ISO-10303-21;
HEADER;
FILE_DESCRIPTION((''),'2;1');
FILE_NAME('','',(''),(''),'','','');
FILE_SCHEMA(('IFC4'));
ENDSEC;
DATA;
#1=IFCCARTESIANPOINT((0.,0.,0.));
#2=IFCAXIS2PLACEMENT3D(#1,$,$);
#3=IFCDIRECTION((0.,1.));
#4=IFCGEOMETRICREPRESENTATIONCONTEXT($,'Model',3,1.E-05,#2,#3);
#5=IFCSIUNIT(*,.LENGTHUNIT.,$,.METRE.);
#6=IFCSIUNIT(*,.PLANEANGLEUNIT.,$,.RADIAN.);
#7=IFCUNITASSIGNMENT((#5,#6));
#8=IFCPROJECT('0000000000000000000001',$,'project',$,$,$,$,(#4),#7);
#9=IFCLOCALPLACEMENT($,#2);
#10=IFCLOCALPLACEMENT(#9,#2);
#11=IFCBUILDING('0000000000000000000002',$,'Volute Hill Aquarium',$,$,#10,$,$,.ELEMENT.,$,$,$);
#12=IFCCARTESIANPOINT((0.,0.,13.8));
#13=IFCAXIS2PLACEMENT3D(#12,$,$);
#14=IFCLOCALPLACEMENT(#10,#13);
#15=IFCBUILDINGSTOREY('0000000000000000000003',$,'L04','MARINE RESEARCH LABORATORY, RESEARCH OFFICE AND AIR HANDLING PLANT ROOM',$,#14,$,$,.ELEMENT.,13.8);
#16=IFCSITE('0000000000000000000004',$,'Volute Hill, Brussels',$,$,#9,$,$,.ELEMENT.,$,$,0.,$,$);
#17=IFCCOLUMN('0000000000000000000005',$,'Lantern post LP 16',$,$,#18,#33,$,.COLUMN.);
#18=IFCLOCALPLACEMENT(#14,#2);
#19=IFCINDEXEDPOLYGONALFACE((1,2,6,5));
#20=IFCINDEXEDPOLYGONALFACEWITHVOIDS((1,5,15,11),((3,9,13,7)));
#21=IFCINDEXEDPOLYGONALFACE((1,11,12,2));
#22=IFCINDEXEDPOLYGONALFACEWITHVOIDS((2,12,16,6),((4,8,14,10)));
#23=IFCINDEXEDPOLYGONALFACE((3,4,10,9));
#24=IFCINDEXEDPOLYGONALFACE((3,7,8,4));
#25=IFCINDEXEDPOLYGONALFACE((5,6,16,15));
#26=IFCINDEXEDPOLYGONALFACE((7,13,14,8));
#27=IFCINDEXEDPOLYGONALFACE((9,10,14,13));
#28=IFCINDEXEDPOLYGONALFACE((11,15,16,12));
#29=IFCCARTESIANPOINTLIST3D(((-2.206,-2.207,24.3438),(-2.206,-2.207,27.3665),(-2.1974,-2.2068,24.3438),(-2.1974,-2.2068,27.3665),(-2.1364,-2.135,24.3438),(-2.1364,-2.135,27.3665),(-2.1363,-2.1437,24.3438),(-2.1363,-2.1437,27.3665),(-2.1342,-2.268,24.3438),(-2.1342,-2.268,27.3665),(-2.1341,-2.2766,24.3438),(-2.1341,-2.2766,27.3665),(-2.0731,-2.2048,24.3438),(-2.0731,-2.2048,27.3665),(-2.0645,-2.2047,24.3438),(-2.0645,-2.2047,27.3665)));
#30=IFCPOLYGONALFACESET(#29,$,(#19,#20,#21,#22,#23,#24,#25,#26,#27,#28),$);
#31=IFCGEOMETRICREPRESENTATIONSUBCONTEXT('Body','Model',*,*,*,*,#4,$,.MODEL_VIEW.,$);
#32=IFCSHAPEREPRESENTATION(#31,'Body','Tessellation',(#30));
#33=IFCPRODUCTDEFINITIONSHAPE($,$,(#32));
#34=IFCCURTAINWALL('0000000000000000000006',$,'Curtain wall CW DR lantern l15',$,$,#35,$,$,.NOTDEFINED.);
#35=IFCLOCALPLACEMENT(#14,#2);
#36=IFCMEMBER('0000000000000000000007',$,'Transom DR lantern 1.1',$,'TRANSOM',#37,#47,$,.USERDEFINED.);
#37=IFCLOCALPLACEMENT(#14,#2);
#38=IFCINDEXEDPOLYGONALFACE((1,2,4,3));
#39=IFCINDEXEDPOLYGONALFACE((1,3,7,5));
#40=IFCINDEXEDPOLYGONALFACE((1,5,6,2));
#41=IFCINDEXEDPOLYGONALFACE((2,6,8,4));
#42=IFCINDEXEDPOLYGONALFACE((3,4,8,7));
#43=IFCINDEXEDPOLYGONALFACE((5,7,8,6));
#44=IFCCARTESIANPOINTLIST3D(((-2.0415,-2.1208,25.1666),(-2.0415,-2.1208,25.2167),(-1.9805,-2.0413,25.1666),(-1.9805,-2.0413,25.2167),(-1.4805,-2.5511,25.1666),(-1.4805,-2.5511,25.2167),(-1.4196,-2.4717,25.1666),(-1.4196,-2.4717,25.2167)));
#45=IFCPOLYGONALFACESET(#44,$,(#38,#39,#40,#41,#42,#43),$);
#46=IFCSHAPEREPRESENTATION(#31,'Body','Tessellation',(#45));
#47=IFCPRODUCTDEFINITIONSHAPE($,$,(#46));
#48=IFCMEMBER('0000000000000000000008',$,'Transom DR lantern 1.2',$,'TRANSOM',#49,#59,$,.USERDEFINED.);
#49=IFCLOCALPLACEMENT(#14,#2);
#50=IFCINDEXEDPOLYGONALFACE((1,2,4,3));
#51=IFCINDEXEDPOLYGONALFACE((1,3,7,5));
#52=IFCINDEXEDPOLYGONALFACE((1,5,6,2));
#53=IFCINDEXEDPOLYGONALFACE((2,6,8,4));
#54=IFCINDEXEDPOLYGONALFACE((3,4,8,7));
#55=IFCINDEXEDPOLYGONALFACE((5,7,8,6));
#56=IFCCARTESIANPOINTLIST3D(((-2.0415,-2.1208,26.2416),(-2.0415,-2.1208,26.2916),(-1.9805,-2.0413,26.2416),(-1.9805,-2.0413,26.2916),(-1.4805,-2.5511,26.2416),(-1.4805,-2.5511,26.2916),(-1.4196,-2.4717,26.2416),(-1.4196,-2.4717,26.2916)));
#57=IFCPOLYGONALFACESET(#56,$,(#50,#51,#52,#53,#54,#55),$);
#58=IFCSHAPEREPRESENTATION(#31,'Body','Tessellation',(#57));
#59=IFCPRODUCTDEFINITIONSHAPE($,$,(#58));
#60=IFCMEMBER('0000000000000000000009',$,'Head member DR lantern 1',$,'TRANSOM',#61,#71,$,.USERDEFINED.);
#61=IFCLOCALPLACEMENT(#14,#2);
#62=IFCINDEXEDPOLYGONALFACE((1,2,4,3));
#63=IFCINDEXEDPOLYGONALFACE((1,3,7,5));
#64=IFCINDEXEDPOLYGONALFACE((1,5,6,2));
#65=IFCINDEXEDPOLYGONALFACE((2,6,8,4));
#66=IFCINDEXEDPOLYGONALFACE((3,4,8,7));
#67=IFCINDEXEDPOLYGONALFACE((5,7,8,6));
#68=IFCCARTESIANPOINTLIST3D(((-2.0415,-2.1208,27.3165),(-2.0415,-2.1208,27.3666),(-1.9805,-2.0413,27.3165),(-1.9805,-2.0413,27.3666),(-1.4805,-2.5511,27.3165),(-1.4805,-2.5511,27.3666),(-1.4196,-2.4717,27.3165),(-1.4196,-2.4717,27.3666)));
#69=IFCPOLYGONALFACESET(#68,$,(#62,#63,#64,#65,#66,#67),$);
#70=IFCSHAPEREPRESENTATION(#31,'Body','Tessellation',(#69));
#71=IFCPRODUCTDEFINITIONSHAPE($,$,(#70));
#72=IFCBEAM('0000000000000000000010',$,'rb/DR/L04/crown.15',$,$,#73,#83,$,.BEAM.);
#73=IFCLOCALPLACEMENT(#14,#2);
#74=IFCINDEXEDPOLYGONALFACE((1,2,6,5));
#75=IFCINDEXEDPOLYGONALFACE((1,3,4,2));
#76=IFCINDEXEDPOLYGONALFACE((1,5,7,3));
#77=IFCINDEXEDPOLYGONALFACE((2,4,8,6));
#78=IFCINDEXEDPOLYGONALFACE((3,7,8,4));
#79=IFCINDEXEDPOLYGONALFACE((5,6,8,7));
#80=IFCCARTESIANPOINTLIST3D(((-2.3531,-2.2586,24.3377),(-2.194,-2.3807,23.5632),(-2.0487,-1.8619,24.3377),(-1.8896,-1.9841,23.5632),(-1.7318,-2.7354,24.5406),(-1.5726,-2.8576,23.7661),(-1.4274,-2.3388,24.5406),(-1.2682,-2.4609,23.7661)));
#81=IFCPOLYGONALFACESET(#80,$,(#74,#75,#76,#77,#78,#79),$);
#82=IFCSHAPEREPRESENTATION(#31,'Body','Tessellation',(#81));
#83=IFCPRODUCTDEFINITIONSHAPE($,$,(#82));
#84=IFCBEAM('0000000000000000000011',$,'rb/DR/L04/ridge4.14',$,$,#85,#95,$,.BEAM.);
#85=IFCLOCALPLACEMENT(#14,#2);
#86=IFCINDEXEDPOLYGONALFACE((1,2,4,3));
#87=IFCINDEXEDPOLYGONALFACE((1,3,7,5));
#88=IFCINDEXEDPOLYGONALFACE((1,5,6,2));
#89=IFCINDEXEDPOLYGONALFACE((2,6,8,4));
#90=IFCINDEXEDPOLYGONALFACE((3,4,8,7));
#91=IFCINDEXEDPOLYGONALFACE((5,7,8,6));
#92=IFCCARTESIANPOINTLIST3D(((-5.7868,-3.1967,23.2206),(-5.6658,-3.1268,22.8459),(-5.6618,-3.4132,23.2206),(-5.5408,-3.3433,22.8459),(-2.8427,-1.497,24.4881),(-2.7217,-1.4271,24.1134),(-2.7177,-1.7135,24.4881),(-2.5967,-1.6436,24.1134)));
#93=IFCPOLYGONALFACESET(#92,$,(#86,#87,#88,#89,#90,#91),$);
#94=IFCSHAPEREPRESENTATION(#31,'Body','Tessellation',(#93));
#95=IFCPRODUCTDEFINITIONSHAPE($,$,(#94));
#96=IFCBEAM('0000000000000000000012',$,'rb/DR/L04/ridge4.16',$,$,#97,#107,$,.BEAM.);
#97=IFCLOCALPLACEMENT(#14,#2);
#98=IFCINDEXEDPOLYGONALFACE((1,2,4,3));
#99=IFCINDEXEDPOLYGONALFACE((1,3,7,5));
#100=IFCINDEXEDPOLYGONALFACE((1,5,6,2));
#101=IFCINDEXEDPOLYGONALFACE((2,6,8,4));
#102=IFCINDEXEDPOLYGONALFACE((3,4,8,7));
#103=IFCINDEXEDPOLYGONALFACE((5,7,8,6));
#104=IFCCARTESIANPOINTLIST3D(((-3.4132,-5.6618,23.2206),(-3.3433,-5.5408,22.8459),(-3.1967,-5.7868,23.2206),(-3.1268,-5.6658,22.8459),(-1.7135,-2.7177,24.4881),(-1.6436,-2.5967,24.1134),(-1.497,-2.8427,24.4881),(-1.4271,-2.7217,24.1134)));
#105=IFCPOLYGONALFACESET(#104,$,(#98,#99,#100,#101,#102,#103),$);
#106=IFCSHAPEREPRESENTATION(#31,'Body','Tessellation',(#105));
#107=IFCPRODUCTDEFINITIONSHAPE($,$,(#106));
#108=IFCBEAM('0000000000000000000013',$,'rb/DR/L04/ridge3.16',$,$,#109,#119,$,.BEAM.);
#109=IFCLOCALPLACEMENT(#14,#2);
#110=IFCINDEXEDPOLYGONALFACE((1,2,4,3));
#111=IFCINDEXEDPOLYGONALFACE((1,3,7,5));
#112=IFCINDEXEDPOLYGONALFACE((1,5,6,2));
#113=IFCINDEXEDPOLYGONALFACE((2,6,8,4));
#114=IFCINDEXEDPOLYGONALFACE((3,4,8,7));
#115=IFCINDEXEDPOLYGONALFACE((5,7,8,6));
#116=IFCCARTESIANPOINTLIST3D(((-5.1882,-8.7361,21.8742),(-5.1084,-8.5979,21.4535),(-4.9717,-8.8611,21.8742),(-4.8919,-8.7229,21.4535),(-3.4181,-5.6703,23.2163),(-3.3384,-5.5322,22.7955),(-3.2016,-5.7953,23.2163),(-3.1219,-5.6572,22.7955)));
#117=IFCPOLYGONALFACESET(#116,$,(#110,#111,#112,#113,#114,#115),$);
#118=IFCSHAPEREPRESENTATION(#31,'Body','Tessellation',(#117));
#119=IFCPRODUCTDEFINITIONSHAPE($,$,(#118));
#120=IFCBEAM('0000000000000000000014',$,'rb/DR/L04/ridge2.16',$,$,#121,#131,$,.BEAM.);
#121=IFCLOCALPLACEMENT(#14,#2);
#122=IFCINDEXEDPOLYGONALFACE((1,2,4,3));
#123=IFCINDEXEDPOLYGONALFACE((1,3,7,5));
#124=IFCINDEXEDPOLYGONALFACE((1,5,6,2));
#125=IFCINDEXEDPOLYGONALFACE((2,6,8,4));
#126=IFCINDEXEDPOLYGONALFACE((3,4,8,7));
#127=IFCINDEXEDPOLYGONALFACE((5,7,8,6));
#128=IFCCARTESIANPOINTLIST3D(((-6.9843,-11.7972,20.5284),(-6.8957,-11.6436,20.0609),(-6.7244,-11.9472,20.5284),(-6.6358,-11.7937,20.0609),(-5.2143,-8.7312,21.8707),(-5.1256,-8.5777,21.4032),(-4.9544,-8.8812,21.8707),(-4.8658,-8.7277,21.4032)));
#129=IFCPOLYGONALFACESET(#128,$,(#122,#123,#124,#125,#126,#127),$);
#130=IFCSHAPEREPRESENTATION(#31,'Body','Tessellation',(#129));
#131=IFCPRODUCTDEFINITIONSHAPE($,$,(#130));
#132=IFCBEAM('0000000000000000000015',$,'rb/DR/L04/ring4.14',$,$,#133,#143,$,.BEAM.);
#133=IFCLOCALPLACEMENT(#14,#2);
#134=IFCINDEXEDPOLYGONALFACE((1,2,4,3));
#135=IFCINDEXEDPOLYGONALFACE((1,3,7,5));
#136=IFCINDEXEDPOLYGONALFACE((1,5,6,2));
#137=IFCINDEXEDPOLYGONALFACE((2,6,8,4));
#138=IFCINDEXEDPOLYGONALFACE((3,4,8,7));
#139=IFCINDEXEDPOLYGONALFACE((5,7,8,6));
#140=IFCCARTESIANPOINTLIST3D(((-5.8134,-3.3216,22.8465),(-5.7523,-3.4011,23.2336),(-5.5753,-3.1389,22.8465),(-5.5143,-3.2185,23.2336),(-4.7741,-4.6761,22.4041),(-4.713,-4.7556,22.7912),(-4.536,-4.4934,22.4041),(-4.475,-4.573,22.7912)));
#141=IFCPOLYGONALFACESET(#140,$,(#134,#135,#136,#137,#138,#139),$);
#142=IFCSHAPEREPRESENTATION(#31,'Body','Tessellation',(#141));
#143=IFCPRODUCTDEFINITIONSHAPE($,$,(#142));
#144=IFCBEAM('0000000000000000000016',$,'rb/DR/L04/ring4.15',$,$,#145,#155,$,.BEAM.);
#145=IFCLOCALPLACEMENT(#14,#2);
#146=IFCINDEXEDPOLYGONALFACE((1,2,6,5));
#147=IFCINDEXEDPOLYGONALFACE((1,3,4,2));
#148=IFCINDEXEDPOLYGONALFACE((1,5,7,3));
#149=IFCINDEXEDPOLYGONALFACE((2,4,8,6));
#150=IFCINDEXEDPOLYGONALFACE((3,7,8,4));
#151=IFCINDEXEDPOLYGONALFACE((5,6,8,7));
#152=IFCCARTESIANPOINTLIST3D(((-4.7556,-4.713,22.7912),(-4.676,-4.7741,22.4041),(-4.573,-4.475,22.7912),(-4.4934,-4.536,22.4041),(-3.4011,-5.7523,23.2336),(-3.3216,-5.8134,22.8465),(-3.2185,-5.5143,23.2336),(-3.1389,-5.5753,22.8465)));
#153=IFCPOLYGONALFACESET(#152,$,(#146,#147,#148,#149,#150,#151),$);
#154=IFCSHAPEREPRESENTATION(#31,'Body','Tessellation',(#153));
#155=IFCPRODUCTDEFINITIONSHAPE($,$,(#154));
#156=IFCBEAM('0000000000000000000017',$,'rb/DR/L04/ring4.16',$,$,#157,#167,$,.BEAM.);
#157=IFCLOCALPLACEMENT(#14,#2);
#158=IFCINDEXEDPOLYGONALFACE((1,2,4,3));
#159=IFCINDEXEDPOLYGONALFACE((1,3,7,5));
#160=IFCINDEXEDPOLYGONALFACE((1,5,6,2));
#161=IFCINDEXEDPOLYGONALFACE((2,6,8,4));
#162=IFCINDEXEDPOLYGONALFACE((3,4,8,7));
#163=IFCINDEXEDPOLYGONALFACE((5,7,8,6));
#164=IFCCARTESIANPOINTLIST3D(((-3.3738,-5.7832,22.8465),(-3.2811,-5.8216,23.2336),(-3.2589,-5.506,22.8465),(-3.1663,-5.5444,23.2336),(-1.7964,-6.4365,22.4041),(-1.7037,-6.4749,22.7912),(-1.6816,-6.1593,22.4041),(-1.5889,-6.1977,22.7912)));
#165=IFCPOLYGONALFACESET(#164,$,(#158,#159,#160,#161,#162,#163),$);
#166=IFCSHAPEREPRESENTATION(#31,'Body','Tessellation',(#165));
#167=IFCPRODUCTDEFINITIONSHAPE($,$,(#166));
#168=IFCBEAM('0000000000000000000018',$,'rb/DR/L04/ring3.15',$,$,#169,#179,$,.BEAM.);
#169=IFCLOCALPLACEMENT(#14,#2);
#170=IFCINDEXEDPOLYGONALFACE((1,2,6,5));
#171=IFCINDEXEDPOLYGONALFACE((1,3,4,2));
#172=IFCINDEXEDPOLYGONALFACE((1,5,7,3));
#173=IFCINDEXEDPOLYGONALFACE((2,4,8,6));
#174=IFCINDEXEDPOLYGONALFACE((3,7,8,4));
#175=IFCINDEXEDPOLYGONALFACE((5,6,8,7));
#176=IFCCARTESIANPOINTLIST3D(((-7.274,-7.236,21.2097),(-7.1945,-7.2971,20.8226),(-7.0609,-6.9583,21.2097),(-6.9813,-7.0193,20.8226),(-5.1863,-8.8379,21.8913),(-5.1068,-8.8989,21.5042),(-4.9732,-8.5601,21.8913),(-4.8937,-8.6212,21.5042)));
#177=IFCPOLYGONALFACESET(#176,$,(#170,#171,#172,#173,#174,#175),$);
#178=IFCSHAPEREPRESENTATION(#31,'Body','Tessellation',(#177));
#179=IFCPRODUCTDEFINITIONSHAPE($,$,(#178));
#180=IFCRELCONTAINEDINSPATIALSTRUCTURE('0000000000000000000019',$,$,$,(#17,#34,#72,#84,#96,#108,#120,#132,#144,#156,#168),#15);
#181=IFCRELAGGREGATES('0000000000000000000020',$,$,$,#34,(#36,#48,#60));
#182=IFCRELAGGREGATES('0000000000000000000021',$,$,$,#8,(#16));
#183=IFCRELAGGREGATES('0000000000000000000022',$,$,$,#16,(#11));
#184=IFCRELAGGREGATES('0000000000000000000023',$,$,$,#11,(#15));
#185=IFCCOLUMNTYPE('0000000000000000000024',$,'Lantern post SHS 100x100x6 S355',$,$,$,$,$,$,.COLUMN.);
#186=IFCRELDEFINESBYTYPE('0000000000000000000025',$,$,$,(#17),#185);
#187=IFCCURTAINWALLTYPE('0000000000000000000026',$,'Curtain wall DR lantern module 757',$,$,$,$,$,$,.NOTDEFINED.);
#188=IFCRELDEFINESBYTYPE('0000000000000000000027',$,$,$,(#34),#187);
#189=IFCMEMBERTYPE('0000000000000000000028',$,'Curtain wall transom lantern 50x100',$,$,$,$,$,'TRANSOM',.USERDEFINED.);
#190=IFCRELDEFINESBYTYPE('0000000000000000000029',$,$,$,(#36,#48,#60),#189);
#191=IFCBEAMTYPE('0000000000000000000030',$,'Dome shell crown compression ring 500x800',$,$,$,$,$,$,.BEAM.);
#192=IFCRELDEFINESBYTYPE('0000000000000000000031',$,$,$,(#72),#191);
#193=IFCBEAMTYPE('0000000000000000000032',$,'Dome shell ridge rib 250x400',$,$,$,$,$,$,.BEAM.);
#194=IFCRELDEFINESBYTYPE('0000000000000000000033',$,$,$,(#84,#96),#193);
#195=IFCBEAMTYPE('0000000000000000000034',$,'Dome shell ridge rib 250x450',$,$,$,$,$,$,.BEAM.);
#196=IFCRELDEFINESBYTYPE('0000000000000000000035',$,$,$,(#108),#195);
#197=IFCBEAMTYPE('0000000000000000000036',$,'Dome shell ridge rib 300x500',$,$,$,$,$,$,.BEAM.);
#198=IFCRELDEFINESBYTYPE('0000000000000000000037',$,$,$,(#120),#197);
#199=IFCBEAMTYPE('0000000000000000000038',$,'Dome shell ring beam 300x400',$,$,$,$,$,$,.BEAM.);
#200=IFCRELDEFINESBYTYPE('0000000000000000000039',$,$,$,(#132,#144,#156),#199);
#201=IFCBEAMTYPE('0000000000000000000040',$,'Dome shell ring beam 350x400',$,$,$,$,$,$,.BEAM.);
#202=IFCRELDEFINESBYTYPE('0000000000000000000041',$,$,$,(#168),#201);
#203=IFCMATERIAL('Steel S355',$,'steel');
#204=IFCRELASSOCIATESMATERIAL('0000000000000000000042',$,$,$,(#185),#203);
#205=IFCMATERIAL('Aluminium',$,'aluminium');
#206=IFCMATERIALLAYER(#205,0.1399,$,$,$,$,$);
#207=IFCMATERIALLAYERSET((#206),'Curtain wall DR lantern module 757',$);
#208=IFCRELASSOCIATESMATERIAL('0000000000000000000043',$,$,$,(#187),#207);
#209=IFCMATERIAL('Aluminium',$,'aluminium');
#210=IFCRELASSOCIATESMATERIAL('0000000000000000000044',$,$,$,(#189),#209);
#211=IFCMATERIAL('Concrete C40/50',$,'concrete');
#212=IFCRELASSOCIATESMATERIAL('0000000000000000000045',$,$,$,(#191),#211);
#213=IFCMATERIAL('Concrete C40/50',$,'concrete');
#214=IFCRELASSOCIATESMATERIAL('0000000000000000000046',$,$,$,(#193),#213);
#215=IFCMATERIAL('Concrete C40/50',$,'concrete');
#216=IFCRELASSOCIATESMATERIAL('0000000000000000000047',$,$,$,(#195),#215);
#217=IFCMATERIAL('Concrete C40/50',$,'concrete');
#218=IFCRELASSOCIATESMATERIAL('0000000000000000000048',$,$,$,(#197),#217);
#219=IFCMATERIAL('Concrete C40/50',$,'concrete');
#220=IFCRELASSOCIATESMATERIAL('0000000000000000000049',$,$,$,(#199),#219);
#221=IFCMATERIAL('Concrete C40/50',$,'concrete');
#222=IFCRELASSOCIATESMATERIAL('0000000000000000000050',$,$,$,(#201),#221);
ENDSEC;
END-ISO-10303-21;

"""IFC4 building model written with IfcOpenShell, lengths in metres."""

from ifc_helpers import new_model, si_unit, direction, frame, origin, origin_2d, place, context, subcontext, project, spatial, rectangle, hollow_rectangle, extrude, material, layer, layer_set, material_profile, profile_set, type_object, element, aggregate, save


model = new_model("IFC4")

# Units and contexts
model_context = context("Model", 3, precision=1e-05, world=origin(), true_north=direction((0.0, 1.0)))
body_context = subcontext(model_context, "Body", "Model", "MODEL_VIEW")
ifc_project = project(units=[si_unit("LENGTHUNIT", "METRE"), si_unit("PLANEANGLEUNIT", "RADIAN")], contexts=[model_context])

# Site, building, storey
site_placement = place(None, origin())
site = spatial("IfcSite", under=ifc_project, at=site_placement, Name="Volute Hill, Brussels", CompositionType="ELEMENT", RefElevation=0.0)
building_placement = place(site_placement, origin())
building = spatial("IfcBuilding", under=site, at=building_placement, Name="Volute Hill Aquarium", CompositionType="ELEMENT")
storey_placement = place(building_placement, frame((0.0, 0.0, 13.8)))
storey = spatial("IfcBuildingStorey", under=building, at=storey_placement, Name="L04", Description="MARINE RESEARCH LABORATORY, RESEARCH OFFICE AND AIR HANDLING PLANT ROOM", CompositionType="ELEMENT", Elevation=13.8)

# Column
ifc_material_1 = material(Name="Steel S355", Category="steel")
ifc_material_profile_1 = material_profile(ifc_material_1, hollow_rectangle(XDim=0.1001, YDim=0.1001, WallThickness=0.0061, at=origin_2d()), Name="SHS 100x100x6")
ifc_profile_set_1 = profile_set([ifc_material_profile_1], Name="Steel S355")
column_type = type_object("IfcColumnType", Name="Lantern post SHS 100x100x6 S355", PredefinedType="COLUMN", material=ifc_profile_set_1)
column_placement = place(storey_placement, frame((-2.1353, -2.2058, 24.3438), z_axis=(0.0, 0.0, 1.0), x_axis=(-0.695497, -0.718529, 0.0)))
element("IfcColumn", 1, at=column_placement, inside=storey, type_object=column_type, Name="Lantern post LP 16", PredefinedType="COLUMN", context=body_context, shape_type="SweptSolid", body=[
    extrude(hollow_rectangle(XDim=0.1001, YDim=0.1001, WallThickness=0.0061, at=origin_2d()), origin(), (0.0, 0.0, 1.0), 3.0227),
])

# Curtain wall, members
ifc_material_2 = material(Name="Aluminium", Category="aluminium")
ifc_layer_1 = layer(ifc_material_2, 0.1399)
ifc_layer_set_1 = layer_set([ifc_layer_1], Name="Curtain wall DR lantern module 757")
curtain_wall_type = type_object("IfcCurtainWallType", Name="Curtain wall DR lantern module 757", PredefinedType="NOTDEFINED", material=ifc_layer_set_1)
curtain_wall_placement = place(storey_placement, origin())
curtain_wall = element("IfcCurtainWall", 2, at=curtain_wall_placement, inside=storey, type_object=curtain_wall_type, Name="Curtain wall CW DR lantern l15", PredefinedType="NOTDEFINED")
ifc_material_3 = material(Name="Aluminium", Category="aluminium")
ifc_material_profile_2 = material_profile(ifc_material_3, rectangle(XDim=0.1001, YDim=0.05, at=origin_2d()), Name="Curtain wall transom lantern 50x100")
ifc_profile_set_2 = profile_set([ifc_material_profile_2], Name="Aluminium")
member_type = type_object("IfcMemberType", Name="Curtain wall transom lantern 50x100", ElementType="TRANSOM", PredefinedType="USERDEFINED", material=ifc_profile_set_2)
member_1_placement = place(storey_placement, frame((-2.011, -2.0811, 25.1917), z_axis=(0.793406, -0.608692, 0.0), x_axis=(0.608692, 0.793406, 0.0)))
member_1 = element("IfcMember", 3, at=member_1_placement, type_object=member_type, Name="Transom DR lantern 1.1", ObjectType="TRANSOM", PredefinedType="USERDEFINED", context=body_context, shape_type="SweptSolid", body=[
    extrude(rectangle(XDim=0.1001, YDim=0.05, at=origin_2d()), origin(), (0.0, 0.0, 1.0), 0.707),
])
member_2_placement = place(storey_placement, frame((-2.011, -2.0811, 26.2666), z_axis=(0.793406, -0.608692, 0.0), x_axis=(0.608692, 0.793406, 0.0)))
member_2 = element("IfcMember", 4, at=member_2_placement, type_object=member_type, Name="Transom DR lantern 1.2", ObjectType="TRANSOM", PredefinedType="USERDEFINED", context=body_context, shape_type="SweptSolid", body=[
    extrude(rectangle(XDim=0.1001, YDim=0.05, at=origin_2d()), origin(), (0.0, 0.0, 1.0), 0.707),
])
member_3_placement = place(storey_placement, frame((-2.011, -2.0811, 27.3416), z_axis=(0.793406, -0.608692, 0.0), x_axis=(0.608692, 0.793406, 0.0)))
member_3 = element("IfcMember", 5, at=member_3_placement, type_object=member_type, Name="Head member DR lantern 1", ObjectType="TRANSOM", PredefinedType="USERDEFINED", context=body_context, shape_type="SweptSolid", body=[
    extrude(rectangle(XDim=0.1001, YDim=0.05, at=origin_2d()), origin(), (0.0, 0.0, 1.0), 0.707),
])

# Beams
ifc_material_4 = material(Name="Concrete C40/50", Category="concrete")
ifc_material_profile_3 = material_profile(ifc_material_4, rectangle(XDim=0.5, YDim=0.8, at=origin_2d()), Name="RC beam 500x800")
ifc_profile_set_3 = profile_set([ifc_material_profile_3], Name="Concrete C40/50")
beam_type_1 = type_object("IfcBeamType", Name="Dome shell crown compression ring 500x800", PredefinedType="BEAM", material=ifc_profile_set_3)
beam_1_placement = place(storey_placement, frame((-2.1213, -2.1213, 23.9504), z_axis=(0.767982, -0.58934, 0.250764), x_axis=(0.608791, 0.79333, 0.0)))
element("IfcBeam", 6, at=beam_1_placement, inside=storey, type_object=beam_type_1, Name="rb/DR/L04/crown.15", PredefinedType="BEAM", context=body_context, shape_type="SweptSolid", body=[
    extrude(rectangle(XDim=0.5, YDim=0.8, at=origin_2d()), origin(), (0.0, 0.0, 1.0), 0.8091),
])
ifc_material_5 = material(Name="Concrete C40/50", Category="concrete")
ifc_material_profile_4 = material_profile(ifc_material_5, rectangle(XDim=0.25, YDim=0.3999, at=origin_2d()), Name="RC rib 250x400")
ifc_profile_set_4 = profile_set([ifc_material_profile_4], Name="Concrete C40/50")
beam_type_2 = type_object("IfcBeamType", Name="Dome shell ridge rib 250x400", PredefinedType="BEAM", material=ifc_profile_set_4)
for number, where, z_axis, x_axis, name in (
    (7, (-5.6638, -3.27, 23.0332), (0.811459, 0.468478, 0.349374), (-0.499986, 0.866034, 0.0), "rb/DR/L04/ridge4.14"),
    (8, (-3.27, -5.6638, 23.0332), (0.468478, 0.811459, 0.349374), (-0.866034, 0.499986, 0.0), "rb/DR/L04/ridge4.16"),
):
    element("IfcBeam", number, at=place(storey_placement, frame(where, z_axis=z_axis, x_axis=x_axis)), inside=storey, type_object=beam_type_2, Name=name, PredefinedType="BEAM", context=body_context, shape_type="SweptSolid", body=[
        extrude(rectangle(XDim=0.25, YDim=0.3999, at=origin_2d()), origin(), (0.0, 0.0, 1.0), 3.6282),
    ])
ifc_material_6 = material(Name="Concrete C40/50", Category="concrete")
ifc_material_profile_5 = material_profile(ifc_material_6, rectangle(XDim=0.25, YDim=0.45, at=origin_2d()), Name="RC rib 250x450")
ifc_profile_set_5 = profile_set([ifc_material_profile_5], Name="Concrete C40/50")
beam_type_3 = type_object("IfcBeamType", Name="Dome shell ridge rib 250x450", PredefinedType="BEAM", material=ifc_profile_set_5)
beam_2_placement = place(storey_placement, frame((-5.04, -8.7295, 21.6638), z_axis=(0.46754, 0.809779, 0.354492), x_axis=(-0.866019, 0.500011, 0.0)))
element("IfcBeam", 9, at=beam_2_placement, inside=storey, type_object=beam_type_3, Name="rb/DR/L04/ridge3.16", PredefinedType="BEAM", context=body_context, shape_type="SweptSolid", body=[
    extrude(rectangle(XDim=0.25, YDim=0.45, at=origin_2d()), origin(), (0.0, 0.0, 1.0), 3.7859),
])
ifc_material_7 = material(Name="Concrete C40/50", Category="concrete")
ifc_material_profile_6 = material_profile(ifc_material_7, rectangle(XDim=0.3, YDim=0.5, at=origin_2d()), Name="RC rib 300x500")
ifc_profile_set_6 = profile_set([ifc_material_profile_6], Name="Concrete C40/50")
beam_type_4 = type_object("IfcBeamType", Name="Dome shell ridge rib 300x500", PredefinedType="BEAM", material=ifc_profile_set_6)
beam_3_placement = place(storey_placement, frame((-6.8101, -11.7954, 20.2947), z_axis=(0.467505, 0.809783, 0.35453), x_axis=(-0.866036, 0.499981, 0.0)))
element("IfcBeam", 10, at=beam_3_placement, inside=storey, type_object=beam_type_4, Name="rb/DR/L04/ridge2.16", PredefinedType="BEAM", context=body_context, shape_type="SweptSolid", body=[
    extrude(rectangle(XDim=0.3, YDim=0.5, at=origin_2d()), origin(), (0.0, 0.0, 1.0), 3.7861),
])
ifc_material_8 = material(Name="Concrete C40/50", Category="concrete")
ifc_material_profile_7 = material_profile(ifc_material_8, rectangle(XDim=0.3, YDim=0.3999, at=origin_2d()), Name="RC beam 300x400")
ifc_profile_set_7 = profile_set([ifc_material_profile_7], Name="Concrete C40/50")
beam_type_5 = type_object("IfcBeamType", Name="Dome shell ring beam 300x400", PredefinedType="BEAM", material=ifc_profile_set_7)
for number, where, z_axis, x_axis, name in (
    (11, (-5.6638, -3.27, 23.04), (0.589288, -0.767999, -0.250832), (0.793362, 0.60875, 0.0), "rb/DR/L04/ring4.14"),
    (12, (-4.6245, -4.6245, 22.5977), (0.767999, -0.589288, 0.250832), (0.60875, 0.793362, 0.0), "rb/DR/L04/ring4.15"),
    (13, (-3.27, -5.6638, 23.04), (0.894357, -0.370422, -0.250824), (0.382655, 0.923891, 0.0), "rb/DR/L04/ring4.16"),
):
    element("IfcBeam", number, at=place(storey_placement, frame(where, z_axis=z_axis, x_axis=x_axis)), inside=storey, type_object=beam_type_5, Name=name, PredefinedType="BEAM", context=body_context, shape_type="SweptSolid", body=[
        extrude(rectangle(XDim=0.3, YDim=0.3999, at=origin_2d()), origin(), (0.0, 0.0, 1.0), 1.7637),
    ])
ifc_material_9 = material(Name="Concrete C40/50", Category="concrete")
ifc_material_profile_8 = material_profile(ifc_material_9, rectangle(XDim=0.3501, YDim=0.3999, at=origin_2d()), Name="RC beam 350x400")
ifc_profile_set_8 = profile_set([ifc_material_profile_8], Name="Concrete C40/50")
beam_type_6 = type_object("IfcBeamType", Name="Dome shell ring beam 350x400", PredefinedType="BEAM", material=ifc_profile_set_8)
for number, where, z_axis, x_axis, name in (
    (14, (-7.1277, -7.1277, 21.0161), (0.768021, -0.589286, 0.250768), (0.608737, 0.793372, 0.0), "rb/DR/L04/ring3.15"),
):
    element("IfcBeam", number, at=place(storey_placement, frame(where, z_axis=z_axis, x_axis=x_axis)), inside=storey, type_object=beam_type_6, Name=name, PredefinedType="BEAM", context=body_context, shape_type="SweptSolid", body=[
        extrude(rectangle(XDim=0.3501, YDim=0.3999, at=origin_2d()), origin(), (0.0, 0.0, 1.0), 2.7183),
    ])

aggregate(curtain_wall, [member_1, member_2, member_3])

save(model, "model.ifc")
